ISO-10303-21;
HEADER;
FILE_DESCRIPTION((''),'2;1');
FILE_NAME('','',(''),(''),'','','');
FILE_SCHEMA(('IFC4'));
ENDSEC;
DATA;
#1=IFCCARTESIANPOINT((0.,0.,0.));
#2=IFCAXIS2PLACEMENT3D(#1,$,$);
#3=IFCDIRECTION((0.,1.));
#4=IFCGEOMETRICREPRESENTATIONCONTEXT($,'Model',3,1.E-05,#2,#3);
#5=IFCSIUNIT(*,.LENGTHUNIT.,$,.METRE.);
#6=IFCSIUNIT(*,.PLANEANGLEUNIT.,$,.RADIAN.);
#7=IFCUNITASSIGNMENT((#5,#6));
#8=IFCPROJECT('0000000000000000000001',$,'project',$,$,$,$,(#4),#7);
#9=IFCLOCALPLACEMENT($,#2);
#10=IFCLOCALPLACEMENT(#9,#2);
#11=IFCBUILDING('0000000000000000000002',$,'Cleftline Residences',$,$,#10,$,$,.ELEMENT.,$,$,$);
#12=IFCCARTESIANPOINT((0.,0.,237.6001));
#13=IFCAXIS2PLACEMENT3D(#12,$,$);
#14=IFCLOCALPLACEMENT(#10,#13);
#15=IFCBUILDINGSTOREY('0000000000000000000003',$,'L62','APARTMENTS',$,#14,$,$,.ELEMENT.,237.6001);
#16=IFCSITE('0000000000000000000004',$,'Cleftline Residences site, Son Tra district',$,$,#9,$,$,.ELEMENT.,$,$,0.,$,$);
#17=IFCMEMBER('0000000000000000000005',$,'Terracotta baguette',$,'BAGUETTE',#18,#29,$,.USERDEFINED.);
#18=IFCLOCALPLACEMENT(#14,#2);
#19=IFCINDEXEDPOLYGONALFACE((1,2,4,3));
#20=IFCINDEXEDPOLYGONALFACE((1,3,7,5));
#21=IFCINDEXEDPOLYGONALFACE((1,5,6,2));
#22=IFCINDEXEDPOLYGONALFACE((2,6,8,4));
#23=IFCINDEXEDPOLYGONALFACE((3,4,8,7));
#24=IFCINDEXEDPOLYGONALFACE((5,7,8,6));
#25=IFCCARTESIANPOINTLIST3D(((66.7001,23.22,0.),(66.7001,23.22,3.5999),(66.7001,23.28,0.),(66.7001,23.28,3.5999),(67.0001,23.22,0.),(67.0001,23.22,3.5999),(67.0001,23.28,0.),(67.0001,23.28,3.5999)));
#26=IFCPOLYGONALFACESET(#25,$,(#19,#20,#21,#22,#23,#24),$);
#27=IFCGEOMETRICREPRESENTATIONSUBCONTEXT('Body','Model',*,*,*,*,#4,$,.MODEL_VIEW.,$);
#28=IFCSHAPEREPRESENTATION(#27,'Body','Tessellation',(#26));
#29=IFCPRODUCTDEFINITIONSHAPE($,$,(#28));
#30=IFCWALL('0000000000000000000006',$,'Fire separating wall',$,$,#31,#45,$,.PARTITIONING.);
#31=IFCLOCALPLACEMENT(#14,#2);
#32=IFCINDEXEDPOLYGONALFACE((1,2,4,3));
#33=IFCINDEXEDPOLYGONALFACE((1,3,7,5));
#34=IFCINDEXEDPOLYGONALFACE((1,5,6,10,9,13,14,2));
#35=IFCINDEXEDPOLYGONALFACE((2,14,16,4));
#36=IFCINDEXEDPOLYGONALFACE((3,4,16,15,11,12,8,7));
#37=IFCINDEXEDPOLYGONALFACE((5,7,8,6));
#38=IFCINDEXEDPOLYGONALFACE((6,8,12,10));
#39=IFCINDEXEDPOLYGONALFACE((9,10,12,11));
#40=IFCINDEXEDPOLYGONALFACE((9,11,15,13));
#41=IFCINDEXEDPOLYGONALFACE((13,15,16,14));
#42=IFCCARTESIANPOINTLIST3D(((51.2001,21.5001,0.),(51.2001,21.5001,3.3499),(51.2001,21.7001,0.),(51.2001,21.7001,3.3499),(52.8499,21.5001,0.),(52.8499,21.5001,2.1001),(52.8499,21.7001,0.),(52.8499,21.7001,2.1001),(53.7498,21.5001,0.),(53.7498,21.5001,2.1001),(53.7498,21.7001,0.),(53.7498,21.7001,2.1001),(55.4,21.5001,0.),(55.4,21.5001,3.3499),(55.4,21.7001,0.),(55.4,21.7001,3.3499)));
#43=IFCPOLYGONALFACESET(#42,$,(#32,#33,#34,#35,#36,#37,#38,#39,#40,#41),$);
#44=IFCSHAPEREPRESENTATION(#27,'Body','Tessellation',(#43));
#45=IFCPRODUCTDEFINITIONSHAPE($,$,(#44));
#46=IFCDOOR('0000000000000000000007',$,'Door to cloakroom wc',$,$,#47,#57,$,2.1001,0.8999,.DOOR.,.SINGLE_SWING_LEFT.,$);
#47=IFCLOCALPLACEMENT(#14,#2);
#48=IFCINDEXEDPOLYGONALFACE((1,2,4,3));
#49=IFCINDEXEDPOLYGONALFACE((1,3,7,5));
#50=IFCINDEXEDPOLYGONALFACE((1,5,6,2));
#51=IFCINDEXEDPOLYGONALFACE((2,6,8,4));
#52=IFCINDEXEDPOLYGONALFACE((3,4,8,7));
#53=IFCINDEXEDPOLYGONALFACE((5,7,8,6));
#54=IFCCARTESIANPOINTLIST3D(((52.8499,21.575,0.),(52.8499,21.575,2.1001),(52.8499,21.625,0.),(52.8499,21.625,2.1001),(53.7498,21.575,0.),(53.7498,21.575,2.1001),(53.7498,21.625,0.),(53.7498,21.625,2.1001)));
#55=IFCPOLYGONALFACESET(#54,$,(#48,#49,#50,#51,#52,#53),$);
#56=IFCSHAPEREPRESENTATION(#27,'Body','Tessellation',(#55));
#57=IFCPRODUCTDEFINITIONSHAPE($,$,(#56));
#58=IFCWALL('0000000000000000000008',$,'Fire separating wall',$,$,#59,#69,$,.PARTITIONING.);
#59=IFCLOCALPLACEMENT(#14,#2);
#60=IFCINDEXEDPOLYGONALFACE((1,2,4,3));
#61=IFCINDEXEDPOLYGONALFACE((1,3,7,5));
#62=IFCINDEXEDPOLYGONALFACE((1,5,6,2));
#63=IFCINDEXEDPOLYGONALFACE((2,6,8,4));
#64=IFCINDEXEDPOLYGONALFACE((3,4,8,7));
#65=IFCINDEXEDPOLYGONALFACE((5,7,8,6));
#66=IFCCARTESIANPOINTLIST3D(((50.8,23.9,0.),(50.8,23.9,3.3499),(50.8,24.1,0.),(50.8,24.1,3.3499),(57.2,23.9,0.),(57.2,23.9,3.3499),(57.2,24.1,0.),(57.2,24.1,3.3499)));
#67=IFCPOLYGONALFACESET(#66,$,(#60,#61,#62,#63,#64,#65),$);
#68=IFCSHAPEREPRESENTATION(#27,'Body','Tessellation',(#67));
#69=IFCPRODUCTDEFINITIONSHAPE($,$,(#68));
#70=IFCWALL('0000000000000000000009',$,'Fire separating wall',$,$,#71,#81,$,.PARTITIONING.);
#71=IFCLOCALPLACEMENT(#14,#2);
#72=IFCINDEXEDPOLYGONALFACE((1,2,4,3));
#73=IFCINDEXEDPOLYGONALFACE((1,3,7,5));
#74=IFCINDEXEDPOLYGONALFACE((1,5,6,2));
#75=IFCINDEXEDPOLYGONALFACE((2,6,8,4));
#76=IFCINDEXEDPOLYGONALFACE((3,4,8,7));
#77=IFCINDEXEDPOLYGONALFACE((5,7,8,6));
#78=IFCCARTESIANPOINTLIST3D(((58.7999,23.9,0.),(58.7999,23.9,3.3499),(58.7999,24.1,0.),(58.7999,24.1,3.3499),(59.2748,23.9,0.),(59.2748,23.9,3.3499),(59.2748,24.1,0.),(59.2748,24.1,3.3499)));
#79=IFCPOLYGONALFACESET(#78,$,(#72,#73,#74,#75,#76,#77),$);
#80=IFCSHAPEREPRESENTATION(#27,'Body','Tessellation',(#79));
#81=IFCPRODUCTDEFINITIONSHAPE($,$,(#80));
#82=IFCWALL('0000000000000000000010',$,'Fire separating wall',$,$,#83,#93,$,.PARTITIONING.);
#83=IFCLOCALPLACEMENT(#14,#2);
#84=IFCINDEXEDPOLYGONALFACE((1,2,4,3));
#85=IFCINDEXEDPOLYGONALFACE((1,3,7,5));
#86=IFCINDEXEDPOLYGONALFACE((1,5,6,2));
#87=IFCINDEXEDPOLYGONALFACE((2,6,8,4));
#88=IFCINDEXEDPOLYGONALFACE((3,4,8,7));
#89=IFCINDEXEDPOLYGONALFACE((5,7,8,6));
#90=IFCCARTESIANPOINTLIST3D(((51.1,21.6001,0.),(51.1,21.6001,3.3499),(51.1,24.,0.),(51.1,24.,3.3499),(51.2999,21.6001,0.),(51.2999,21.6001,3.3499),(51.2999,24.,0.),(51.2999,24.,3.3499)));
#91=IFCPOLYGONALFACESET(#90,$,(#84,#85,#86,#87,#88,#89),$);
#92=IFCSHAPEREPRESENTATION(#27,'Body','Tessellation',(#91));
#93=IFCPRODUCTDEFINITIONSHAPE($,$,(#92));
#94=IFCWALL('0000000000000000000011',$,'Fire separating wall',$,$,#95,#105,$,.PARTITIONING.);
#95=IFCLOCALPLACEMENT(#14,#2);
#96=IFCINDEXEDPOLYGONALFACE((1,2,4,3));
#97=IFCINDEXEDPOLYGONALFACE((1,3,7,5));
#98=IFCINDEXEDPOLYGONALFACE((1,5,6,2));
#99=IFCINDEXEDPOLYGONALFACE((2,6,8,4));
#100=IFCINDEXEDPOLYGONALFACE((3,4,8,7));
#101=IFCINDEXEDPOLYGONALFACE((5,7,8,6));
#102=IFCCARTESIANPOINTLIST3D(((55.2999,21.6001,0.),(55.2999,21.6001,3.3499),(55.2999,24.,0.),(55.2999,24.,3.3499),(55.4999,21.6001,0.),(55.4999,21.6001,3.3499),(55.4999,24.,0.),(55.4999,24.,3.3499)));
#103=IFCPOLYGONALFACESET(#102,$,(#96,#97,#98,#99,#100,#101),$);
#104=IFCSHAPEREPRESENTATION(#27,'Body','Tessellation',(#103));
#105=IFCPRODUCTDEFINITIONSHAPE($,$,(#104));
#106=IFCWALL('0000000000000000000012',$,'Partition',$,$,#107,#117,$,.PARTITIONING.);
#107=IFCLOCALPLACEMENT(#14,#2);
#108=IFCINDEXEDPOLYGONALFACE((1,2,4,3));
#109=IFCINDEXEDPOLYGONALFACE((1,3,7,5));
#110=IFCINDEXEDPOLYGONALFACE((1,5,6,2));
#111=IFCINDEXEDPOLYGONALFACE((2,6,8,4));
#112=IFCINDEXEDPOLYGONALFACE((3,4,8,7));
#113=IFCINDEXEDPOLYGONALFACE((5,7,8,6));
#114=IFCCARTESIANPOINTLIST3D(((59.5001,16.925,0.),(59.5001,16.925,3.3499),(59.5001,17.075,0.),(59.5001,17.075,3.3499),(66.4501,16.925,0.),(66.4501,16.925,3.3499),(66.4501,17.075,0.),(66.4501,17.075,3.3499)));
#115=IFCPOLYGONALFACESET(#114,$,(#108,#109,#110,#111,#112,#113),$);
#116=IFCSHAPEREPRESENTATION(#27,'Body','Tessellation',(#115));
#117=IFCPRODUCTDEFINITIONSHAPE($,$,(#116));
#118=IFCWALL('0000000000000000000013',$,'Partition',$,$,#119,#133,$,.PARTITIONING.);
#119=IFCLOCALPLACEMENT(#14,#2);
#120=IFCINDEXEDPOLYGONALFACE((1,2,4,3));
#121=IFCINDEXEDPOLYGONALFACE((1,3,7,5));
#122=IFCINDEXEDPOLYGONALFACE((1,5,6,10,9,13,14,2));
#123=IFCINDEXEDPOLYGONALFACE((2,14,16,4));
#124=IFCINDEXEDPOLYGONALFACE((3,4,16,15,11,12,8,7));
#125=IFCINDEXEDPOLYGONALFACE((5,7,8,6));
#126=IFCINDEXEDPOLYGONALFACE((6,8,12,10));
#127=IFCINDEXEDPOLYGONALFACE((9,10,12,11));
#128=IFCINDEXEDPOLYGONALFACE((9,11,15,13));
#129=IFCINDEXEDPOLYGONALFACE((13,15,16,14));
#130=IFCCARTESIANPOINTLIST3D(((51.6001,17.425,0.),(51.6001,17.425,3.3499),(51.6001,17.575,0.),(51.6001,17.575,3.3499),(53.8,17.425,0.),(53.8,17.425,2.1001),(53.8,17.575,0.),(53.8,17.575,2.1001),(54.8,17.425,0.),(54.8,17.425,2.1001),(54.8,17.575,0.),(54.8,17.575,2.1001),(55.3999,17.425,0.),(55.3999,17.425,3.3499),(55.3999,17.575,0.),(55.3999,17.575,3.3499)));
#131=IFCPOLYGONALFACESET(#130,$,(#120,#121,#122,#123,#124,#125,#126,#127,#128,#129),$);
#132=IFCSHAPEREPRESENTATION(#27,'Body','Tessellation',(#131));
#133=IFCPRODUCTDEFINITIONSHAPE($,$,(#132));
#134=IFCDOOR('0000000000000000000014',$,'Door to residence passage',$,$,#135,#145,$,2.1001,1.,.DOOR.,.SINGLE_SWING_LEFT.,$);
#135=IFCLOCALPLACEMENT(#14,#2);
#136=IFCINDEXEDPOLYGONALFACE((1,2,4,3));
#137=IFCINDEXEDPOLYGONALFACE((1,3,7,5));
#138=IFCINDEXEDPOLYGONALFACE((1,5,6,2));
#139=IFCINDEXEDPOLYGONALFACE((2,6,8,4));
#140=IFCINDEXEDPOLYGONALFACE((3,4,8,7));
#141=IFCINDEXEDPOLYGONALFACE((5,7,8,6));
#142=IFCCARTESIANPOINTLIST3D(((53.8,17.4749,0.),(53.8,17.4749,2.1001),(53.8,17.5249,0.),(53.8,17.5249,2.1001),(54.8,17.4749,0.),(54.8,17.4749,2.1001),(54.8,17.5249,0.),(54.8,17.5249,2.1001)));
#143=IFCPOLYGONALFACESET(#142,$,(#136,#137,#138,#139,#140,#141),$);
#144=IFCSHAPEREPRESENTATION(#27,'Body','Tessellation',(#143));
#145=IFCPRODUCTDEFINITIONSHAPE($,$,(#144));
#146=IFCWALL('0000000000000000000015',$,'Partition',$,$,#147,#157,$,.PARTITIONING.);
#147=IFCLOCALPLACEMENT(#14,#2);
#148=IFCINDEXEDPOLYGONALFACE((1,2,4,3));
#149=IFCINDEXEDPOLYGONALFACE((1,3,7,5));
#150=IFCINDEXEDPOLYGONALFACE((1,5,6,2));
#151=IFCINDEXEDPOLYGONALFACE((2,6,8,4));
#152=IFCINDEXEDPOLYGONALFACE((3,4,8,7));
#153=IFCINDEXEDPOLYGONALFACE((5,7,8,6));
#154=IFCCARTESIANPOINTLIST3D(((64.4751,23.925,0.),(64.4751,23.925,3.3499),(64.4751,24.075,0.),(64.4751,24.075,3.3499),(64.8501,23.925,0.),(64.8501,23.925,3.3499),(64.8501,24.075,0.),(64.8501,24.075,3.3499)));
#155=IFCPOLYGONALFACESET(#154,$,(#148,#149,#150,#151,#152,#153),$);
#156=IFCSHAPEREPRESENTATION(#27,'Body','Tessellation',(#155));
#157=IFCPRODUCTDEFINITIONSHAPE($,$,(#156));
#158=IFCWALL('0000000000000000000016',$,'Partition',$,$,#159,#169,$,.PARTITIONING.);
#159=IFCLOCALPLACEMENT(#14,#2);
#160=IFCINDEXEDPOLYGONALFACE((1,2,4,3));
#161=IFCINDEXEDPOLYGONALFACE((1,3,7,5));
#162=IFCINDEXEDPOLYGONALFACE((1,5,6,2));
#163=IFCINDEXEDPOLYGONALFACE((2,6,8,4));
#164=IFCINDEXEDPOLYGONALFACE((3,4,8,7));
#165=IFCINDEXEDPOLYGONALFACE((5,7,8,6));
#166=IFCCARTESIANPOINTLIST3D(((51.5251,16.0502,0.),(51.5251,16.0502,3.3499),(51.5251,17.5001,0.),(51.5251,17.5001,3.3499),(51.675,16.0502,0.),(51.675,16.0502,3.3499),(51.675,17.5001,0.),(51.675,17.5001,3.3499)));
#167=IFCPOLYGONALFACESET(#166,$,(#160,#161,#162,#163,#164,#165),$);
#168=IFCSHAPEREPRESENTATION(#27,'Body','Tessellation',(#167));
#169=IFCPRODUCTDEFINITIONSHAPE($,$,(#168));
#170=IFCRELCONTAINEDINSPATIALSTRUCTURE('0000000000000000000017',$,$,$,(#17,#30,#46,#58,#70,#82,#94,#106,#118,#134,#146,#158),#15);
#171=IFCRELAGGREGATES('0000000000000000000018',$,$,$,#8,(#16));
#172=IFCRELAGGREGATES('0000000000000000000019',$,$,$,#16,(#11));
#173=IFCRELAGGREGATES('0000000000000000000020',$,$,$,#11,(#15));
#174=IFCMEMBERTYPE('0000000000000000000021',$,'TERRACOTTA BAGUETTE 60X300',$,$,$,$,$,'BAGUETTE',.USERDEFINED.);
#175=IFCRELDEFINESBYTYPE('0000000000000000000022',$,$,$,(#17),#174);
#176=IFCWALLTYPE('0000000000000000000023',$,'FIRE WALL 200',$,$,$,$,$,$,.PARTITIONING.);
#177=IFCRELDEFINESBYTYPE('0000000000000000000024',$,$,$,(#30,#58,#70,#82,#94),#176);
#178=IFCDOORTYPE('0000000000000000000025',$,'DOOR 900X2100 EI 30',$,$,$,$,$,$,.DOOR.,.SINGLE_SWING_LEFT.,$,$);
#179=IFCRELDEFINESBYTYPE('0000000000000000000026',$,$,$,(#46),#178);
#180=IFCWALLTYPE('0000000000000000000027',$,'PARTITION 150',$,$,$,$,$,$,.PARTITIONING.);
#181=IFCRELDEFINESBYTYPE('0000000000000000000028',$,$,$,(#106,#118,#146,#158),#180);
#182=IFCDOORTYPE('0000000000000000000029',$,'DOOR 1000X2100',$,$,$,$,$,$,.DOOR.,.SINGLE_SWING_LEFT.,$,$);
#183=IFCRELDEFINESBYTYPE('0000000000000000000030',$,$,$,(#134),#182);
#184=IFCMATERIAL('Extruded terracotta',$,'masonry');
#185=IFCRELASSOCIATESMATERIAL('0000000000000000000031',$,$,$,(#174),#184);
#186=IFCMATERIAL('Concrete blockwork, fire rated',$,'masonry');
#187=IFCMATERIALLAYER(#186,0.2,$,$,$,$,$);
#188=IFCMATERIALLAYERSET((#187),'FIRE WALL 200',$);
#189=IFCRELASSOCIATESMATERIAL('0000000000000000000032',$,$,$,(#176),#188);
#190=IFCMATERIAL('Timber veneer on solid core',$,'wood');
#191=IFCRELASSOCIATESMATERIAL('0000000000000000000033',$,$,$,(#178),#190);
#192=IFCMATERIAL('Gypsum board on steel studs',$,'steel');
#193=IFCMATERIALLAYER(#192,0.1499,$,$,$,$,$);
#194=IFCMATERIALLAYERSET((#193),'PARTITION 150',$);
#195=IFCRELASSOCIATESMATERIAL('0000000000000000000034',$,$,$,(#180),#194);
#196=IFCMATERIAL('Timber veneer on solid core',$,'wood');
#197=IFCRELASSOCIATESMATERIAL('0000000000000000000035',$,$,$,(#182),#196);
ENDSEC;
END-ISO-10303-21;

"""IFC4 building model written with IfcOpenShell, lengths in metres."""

from ifc_helpers import new_model, si_unit, direction, frame, frame_2d, origin, origin_2d, place, context, subcontext, project, spatial, rectangle, extrude, material, layer, layer_set, material_profile, profile_set, type_object, element, fill, save


model = new_model("IFC4")

# Units and contexts
model_context = context("Model", 3, precision=1e-05, world=origin(), true_north=direction((0.0, 1.0)))
body_context = subcontext(model_context, "Body", "Model", "MODEL_VIEW")
ifc_project = project(units=[si_unit("LENGTHUNIT", "METRE"), si_unit("PLANEANGLEUNIT", "RADIAN")], contexts=[model_context])

# Site, building, storey
site_placement = place(None, origin())
site = spatial("IfcSite", under=ifc_project, at=site_placement, Name="Cleftline Residences site, Son Tra district", CompositionType="ELEMENT", RefElevation=0.0)
building_placement = place(site_placement, origin())
building = spatial("IfcBuilding", under=site, at=building_placement, Name="Cleftline Residences", CompositionType="ELEMENT")
storey_placement = place(building_placement, frame((0.0, 0.0, 237.6001)))
storey = spatial("IfcBuildingStorey", under=building, at=storey_placement, Name="L62", Description="APARTMENTS", CompositionType="ELEMENT", Elevation=237.6001)

# Member
ifc_material_1 = material(Name="Extruded terracotta", Category="masonry")
ifc_material_profile_1 = material_profile(ifc_material_1, rectangle(XDim=0.0601, YDim=0.3, at=origin_2d()))
ifc_profile_set_1 = profile_set([ifc_material_profile_1], Name="Extruded terracotta")
member_type_1 = type_object("IfcMemberType", Name="TERRACOTTA BAGUETTE 60X300", ElementType="BAGUETTE", PredefinedType="USERDEFINED", material=ifc_profile_set_1)
for number, where, z_axis, x_axis, name in (
    (1, (66.8501, 23.25, 0.0), (0.0, 0.0, 1.0), (0.0, 1.0, 0.0), "Terracotta baguette"),
):
    element("IfcMember", number, at=place(storey_placement, frame(where, z_axis=z_axis, x_axis=x_axis)), inside=storey, type_object=member_type_1, Name=name, ObjectType="BAGUETTE", PredefinedType="USERDEFINED", context=body_context, shape_type="SweptSolid", body=[
        extrude(rectangle(XDim=0.0601, YDim=0.3, at=origin_2d()), origin(), (0.0, 0.0, 1.0), 3.5999),
    ])

# Wall, opening, door
ifc_material_2 = material(Name="Concrete blockwork, fire rated", Category="masonry")
ifc_layer_1 = layer(ifc_material_2, 0.2)
ifc_layer_set_1 = layer_set([ifc_layer_1], Name="FIRE WALL 200")
wall_type_1 = type_object("IfcWallType", Name="FIRE WALL 200", PredefinedType="PARTITIONING", material=ifc_layer_set_1)
wall_1_placement = place(storey_placement, frame((51.2, 21.6001, 0.0), z_axis=(0.0, 0.0, 1.0), x_axis=(1.0, 0.0, 0.0)))
wall_1 = element("IfcWall", 2, at=wall_1_placement, inside=storey, type_object=wall_type_1, Name="Fire separating wall", PredefinedType="PARTITIONING", context=body_context, shape_type="SweptSolid", body=[
    extrude(rectangle(XDim=4.2, YDim=0.2, at=frame_2d((2.1001, 0.0))), origin(), (0.0, 0.0, 1.0), 3.3499),
])
opening_1_placement = place(wall_1_placement, frame((1.6499, 0.0, 0.0)))
opening_1 = element("IfcOpeningElement", 3, at=opening_1_placement, cuts=wall_1, PredefinedType="OPENING", context=body_context, shape_type="SweptSolid", body=[
    extrude(rectangle(XDim=0.8999, YDim=2.1001, at=frame_2d((0.45, 1.05))), frame((0.0, 0.1099, 0.0), z_axis=(0.0, -1.0, 0.0), x_axis=(1.0, 0.0, 0.0)), (0.0, 0.0, 1.0), 0.22),
])
ifc_material_3 = material(Name="Timber veneer on solid core", Category="wood")
door_type_1 = type_object("IfcDoorType", Name="DOOR 900X2100 EI 30", OperationType="SINGLE_SWING_LEFT", PredefinedType="DOOR", material=ifc_material_3)
door_1_placement = place(opening_1_placement, origin())
door_1 = element("IfcDoor", 4, at=door_1_placement, inside=storey, type_object=door_type_1, Name="Door to cloakroom wc", OperationType="SINGLE_SWING_LEFT", OverallHeight=2.1001, OverallWidth=0.8999, PredefinedType="DOOR", context=body_context, shape_type="SweptSolid", body=[
    extrude(rectangle(XDim=0.8999, YDim=2.1001, at=frame_2d((0.45, 1.05))), frame((0.0, 0.0249, 0.0), z_axis=(0.0, -1.0, 0.0), x_axis=(1.0, 0.0, 0.0)), (0.0, 0.0, 1.0), 0.05),
])
fill(opening_1, door_1)

# Walls
wall_2_placement = place(storey_placement, frame((50.8, 24.0, 0.0), z_axis=(0.0, 0.0, 1.0), x_axis=(1.0, 0.0, 0.0)))
element("IfcWall", 5, at=wall_2_placement, inside=storey, type_object=wall_type_1, Name="Fire separating wall", PredefinedType="PARTITIONING", context=body_context, shape_type="SweptSolid", body=[
    extrude(rectangle(XDim=6.3999, YDim=0.2, at=frame_2d((3.2, 0.0))), origin(), (0.0, 0.0, 1.0), 3.3499),
])
wall_3_placement = place(storey_placement, frame((58.8, 24.0, 0.0), z_axis=(0.0, 0.0, 1.0), x_axis=(1.0, 0.0, 0.0)))
element("IfcWall", 6, at=wall_3_placement, inside=storey, type_object=wall_type_1, Name="Fire separating wall", PredefinedType="PARTITIONING", context=body_context, shape_type="SweptSolid", body=[
    extrude(rectangle(XDim=0.4749, YDim=0.2, at=frame_2d((0.2373, 0.0))), origin(), (0.0, 0.0, 1.0), 3.3499),
])
for number, where, z_axis, x_axis, name in (
    (7, (51.2, 21.6001, 0.0), (0.0, 0.0, 1.0), (0.0, 1.0, 0.0), "Fire separating wall"),
    (8, (55.3999, 21.6001, 0.0), (0.0, 0.0, 1.0), (0.0, 1.0, 0.0), "Fire separating wall"),
):
    element("IfcWall", number, at=place(storey_placement, frame(where, z_axis=z_axis, x_axis=x_axis)), inside=storey, type_object=wall_type_1, Name=name, PredefinedType="PARTITIONING", context=body_context, shape_type="SweptSolid", body=[
        extrude(rectangle(XDim=2.3999, YDim=0.2, at=frame_2d((1.2, 0.0))), origin(), (0.0, 0.0, 1.0), 3.3499),
    ])
ifc_material_4 = material(Name="Gypsum board on steel studs", Category="steel")
ifc_layer_2 = layer(ifc_material_4, 0.1499)
ifc_layer_set_2 = layer_set([ifc_layer_2], Name="PARTITION 150")
wall_type_2 = type_object("IfcWallType", Name="PARTITION 150", PredefinedType="PARTITIONING", material=ifc_layer_set_2)
wall_4_placement = place(storey_placement, frame((59.5, 17.0, 0.0), z_axis=(0.0, 0.0, 1.0), x_axis=(1.0, 0.0, 0.0)))
element("IfcWall", 9, at=wall_4_placement, inside=storey, type_object=wall_type_2, Name="Partition", PredefinedType="PARTITIONING", context=body_context, shape_type="SweptSolid", body=[
    extrude(rectangle(XDim=6.95, YDim=0.1499, at=frame_2d((3.4751, 0.0))), origin(), (0.0, 0.0, 1.0), 3.3499),
])

# Wall, opening, door
wall_5_placement = place(storey_placement, frame((51.6001, 17.5, 0.0), z_axis=(0.0, 0.0, 1.0), x_axis=(1.0, 0.0, 0.0)))
wall_5 = element("IfcWall", 10, at=wall_5_placement, inside=storey, type_object=wall_type_2, Name="Partition", PredefinedType="PARTITIONING", context=body_context, shape_type="SweptSolid", body=[
    extrude(rectangle(XDim=3.7998, YDim=0.1499, at=frame_2d((1.8999, 0.0))), origin(), (0.0, 0.0, 1.0), 3.3499),
])
opening_2_placement = place(wall_5_placement, frame((2.2, 0.0, 0.0)))
opening_2 = element("IfcOpeningElement", 11, at=opening_2_placement, cuts=wall_5, PredefinedType="OPENING", context=body_context, shape_type="SweptSolid", body=[
    extrude(rectangle(XDim=1.0, YDim=2.1001, at=frame_2d((0.5, 1.05))), frame((0.0, 0.085, 0.0), z_axis=(0.0, -1.0, 0.0), x_axis=(1.0, 0.0, 0.0)), (0.0, 0.0, 1.0), 0.1699),
])
ifc_material_5 = material(Name="Timber veneer on solid core", Category="wood")
door_type_2 = type_object("IfcDoorType", Name="DOOR 1000X2100", OperationType="SINGLE_SWING_LEFT", PredefinedType="DOOR", material=ifc_material_5)
door_2_placement = place(opening_2_placement, origin())
door_2 = element("IfcDoor", 12, at=door_2_placement, inside=storey, type_object=door_type_2, Name="Door to residence passage", OperationType="SINGLE_SWING_LEFT", OverallHeight=2.1001, OverallWidth=1.0, PredefinedType="DOOR", context=body_context, shape_type="SweptSolid", body=[
    extrude(rectangle(XDim=1.0, YDim=2.1001, at=frame_2d((0.5, 1.05))), frame((0.0, 0.0249, 0.0), z_axis=(0.0, -1.0, 0.0), x_axis=(1.0, 0.0, 0.0)), (0.0, 0.0, 1.0), 0.05),
])
fill(opening_2, door_2)

# Walls
wall_6_placement = place(storey_placement, frame((64.4751, 24.0, 0.0), z_axis=(0.0, 0.0, 1.0), x_axis=(1.0, 0.0, 0.0)))
element("IfcWall", 13, at=wall_6_placement, inside=storey, type_object=wall_type_2, Name="Partition", PredefinedType="PARTITIONING", context=body_context, shape_type="SweptSolid", body=[
    extrude(rectangle(XDim=0.375, YDim=0.1499, at=frame_2d((0.1875, 0.0))), origin(), (0.0, 0.0, 1.0), 3.3499),
])
wall_7_placement = place(storey_placement, frame((51.6001, 16.05, 0.0), z_axis=(0.0, 0.0, 1.0), x_axis=(0.0, 1.0, 0.0)))
element("IfcWall", 14, at=wall_7_placement, inside=storey, type_object=wall_type_2, Name="Partition", PredefinedType="PARTITIONING", context=body_context, shape_type="SweptSolid", body=[
    extrude(rectangle(XDim=1.45, YDim=0.1499, at=frame_2d((0.7251, 0.0))), origin(), (0.0, 0.0, 1.0), 3.3499),
])

save(model, "model.ifc")
